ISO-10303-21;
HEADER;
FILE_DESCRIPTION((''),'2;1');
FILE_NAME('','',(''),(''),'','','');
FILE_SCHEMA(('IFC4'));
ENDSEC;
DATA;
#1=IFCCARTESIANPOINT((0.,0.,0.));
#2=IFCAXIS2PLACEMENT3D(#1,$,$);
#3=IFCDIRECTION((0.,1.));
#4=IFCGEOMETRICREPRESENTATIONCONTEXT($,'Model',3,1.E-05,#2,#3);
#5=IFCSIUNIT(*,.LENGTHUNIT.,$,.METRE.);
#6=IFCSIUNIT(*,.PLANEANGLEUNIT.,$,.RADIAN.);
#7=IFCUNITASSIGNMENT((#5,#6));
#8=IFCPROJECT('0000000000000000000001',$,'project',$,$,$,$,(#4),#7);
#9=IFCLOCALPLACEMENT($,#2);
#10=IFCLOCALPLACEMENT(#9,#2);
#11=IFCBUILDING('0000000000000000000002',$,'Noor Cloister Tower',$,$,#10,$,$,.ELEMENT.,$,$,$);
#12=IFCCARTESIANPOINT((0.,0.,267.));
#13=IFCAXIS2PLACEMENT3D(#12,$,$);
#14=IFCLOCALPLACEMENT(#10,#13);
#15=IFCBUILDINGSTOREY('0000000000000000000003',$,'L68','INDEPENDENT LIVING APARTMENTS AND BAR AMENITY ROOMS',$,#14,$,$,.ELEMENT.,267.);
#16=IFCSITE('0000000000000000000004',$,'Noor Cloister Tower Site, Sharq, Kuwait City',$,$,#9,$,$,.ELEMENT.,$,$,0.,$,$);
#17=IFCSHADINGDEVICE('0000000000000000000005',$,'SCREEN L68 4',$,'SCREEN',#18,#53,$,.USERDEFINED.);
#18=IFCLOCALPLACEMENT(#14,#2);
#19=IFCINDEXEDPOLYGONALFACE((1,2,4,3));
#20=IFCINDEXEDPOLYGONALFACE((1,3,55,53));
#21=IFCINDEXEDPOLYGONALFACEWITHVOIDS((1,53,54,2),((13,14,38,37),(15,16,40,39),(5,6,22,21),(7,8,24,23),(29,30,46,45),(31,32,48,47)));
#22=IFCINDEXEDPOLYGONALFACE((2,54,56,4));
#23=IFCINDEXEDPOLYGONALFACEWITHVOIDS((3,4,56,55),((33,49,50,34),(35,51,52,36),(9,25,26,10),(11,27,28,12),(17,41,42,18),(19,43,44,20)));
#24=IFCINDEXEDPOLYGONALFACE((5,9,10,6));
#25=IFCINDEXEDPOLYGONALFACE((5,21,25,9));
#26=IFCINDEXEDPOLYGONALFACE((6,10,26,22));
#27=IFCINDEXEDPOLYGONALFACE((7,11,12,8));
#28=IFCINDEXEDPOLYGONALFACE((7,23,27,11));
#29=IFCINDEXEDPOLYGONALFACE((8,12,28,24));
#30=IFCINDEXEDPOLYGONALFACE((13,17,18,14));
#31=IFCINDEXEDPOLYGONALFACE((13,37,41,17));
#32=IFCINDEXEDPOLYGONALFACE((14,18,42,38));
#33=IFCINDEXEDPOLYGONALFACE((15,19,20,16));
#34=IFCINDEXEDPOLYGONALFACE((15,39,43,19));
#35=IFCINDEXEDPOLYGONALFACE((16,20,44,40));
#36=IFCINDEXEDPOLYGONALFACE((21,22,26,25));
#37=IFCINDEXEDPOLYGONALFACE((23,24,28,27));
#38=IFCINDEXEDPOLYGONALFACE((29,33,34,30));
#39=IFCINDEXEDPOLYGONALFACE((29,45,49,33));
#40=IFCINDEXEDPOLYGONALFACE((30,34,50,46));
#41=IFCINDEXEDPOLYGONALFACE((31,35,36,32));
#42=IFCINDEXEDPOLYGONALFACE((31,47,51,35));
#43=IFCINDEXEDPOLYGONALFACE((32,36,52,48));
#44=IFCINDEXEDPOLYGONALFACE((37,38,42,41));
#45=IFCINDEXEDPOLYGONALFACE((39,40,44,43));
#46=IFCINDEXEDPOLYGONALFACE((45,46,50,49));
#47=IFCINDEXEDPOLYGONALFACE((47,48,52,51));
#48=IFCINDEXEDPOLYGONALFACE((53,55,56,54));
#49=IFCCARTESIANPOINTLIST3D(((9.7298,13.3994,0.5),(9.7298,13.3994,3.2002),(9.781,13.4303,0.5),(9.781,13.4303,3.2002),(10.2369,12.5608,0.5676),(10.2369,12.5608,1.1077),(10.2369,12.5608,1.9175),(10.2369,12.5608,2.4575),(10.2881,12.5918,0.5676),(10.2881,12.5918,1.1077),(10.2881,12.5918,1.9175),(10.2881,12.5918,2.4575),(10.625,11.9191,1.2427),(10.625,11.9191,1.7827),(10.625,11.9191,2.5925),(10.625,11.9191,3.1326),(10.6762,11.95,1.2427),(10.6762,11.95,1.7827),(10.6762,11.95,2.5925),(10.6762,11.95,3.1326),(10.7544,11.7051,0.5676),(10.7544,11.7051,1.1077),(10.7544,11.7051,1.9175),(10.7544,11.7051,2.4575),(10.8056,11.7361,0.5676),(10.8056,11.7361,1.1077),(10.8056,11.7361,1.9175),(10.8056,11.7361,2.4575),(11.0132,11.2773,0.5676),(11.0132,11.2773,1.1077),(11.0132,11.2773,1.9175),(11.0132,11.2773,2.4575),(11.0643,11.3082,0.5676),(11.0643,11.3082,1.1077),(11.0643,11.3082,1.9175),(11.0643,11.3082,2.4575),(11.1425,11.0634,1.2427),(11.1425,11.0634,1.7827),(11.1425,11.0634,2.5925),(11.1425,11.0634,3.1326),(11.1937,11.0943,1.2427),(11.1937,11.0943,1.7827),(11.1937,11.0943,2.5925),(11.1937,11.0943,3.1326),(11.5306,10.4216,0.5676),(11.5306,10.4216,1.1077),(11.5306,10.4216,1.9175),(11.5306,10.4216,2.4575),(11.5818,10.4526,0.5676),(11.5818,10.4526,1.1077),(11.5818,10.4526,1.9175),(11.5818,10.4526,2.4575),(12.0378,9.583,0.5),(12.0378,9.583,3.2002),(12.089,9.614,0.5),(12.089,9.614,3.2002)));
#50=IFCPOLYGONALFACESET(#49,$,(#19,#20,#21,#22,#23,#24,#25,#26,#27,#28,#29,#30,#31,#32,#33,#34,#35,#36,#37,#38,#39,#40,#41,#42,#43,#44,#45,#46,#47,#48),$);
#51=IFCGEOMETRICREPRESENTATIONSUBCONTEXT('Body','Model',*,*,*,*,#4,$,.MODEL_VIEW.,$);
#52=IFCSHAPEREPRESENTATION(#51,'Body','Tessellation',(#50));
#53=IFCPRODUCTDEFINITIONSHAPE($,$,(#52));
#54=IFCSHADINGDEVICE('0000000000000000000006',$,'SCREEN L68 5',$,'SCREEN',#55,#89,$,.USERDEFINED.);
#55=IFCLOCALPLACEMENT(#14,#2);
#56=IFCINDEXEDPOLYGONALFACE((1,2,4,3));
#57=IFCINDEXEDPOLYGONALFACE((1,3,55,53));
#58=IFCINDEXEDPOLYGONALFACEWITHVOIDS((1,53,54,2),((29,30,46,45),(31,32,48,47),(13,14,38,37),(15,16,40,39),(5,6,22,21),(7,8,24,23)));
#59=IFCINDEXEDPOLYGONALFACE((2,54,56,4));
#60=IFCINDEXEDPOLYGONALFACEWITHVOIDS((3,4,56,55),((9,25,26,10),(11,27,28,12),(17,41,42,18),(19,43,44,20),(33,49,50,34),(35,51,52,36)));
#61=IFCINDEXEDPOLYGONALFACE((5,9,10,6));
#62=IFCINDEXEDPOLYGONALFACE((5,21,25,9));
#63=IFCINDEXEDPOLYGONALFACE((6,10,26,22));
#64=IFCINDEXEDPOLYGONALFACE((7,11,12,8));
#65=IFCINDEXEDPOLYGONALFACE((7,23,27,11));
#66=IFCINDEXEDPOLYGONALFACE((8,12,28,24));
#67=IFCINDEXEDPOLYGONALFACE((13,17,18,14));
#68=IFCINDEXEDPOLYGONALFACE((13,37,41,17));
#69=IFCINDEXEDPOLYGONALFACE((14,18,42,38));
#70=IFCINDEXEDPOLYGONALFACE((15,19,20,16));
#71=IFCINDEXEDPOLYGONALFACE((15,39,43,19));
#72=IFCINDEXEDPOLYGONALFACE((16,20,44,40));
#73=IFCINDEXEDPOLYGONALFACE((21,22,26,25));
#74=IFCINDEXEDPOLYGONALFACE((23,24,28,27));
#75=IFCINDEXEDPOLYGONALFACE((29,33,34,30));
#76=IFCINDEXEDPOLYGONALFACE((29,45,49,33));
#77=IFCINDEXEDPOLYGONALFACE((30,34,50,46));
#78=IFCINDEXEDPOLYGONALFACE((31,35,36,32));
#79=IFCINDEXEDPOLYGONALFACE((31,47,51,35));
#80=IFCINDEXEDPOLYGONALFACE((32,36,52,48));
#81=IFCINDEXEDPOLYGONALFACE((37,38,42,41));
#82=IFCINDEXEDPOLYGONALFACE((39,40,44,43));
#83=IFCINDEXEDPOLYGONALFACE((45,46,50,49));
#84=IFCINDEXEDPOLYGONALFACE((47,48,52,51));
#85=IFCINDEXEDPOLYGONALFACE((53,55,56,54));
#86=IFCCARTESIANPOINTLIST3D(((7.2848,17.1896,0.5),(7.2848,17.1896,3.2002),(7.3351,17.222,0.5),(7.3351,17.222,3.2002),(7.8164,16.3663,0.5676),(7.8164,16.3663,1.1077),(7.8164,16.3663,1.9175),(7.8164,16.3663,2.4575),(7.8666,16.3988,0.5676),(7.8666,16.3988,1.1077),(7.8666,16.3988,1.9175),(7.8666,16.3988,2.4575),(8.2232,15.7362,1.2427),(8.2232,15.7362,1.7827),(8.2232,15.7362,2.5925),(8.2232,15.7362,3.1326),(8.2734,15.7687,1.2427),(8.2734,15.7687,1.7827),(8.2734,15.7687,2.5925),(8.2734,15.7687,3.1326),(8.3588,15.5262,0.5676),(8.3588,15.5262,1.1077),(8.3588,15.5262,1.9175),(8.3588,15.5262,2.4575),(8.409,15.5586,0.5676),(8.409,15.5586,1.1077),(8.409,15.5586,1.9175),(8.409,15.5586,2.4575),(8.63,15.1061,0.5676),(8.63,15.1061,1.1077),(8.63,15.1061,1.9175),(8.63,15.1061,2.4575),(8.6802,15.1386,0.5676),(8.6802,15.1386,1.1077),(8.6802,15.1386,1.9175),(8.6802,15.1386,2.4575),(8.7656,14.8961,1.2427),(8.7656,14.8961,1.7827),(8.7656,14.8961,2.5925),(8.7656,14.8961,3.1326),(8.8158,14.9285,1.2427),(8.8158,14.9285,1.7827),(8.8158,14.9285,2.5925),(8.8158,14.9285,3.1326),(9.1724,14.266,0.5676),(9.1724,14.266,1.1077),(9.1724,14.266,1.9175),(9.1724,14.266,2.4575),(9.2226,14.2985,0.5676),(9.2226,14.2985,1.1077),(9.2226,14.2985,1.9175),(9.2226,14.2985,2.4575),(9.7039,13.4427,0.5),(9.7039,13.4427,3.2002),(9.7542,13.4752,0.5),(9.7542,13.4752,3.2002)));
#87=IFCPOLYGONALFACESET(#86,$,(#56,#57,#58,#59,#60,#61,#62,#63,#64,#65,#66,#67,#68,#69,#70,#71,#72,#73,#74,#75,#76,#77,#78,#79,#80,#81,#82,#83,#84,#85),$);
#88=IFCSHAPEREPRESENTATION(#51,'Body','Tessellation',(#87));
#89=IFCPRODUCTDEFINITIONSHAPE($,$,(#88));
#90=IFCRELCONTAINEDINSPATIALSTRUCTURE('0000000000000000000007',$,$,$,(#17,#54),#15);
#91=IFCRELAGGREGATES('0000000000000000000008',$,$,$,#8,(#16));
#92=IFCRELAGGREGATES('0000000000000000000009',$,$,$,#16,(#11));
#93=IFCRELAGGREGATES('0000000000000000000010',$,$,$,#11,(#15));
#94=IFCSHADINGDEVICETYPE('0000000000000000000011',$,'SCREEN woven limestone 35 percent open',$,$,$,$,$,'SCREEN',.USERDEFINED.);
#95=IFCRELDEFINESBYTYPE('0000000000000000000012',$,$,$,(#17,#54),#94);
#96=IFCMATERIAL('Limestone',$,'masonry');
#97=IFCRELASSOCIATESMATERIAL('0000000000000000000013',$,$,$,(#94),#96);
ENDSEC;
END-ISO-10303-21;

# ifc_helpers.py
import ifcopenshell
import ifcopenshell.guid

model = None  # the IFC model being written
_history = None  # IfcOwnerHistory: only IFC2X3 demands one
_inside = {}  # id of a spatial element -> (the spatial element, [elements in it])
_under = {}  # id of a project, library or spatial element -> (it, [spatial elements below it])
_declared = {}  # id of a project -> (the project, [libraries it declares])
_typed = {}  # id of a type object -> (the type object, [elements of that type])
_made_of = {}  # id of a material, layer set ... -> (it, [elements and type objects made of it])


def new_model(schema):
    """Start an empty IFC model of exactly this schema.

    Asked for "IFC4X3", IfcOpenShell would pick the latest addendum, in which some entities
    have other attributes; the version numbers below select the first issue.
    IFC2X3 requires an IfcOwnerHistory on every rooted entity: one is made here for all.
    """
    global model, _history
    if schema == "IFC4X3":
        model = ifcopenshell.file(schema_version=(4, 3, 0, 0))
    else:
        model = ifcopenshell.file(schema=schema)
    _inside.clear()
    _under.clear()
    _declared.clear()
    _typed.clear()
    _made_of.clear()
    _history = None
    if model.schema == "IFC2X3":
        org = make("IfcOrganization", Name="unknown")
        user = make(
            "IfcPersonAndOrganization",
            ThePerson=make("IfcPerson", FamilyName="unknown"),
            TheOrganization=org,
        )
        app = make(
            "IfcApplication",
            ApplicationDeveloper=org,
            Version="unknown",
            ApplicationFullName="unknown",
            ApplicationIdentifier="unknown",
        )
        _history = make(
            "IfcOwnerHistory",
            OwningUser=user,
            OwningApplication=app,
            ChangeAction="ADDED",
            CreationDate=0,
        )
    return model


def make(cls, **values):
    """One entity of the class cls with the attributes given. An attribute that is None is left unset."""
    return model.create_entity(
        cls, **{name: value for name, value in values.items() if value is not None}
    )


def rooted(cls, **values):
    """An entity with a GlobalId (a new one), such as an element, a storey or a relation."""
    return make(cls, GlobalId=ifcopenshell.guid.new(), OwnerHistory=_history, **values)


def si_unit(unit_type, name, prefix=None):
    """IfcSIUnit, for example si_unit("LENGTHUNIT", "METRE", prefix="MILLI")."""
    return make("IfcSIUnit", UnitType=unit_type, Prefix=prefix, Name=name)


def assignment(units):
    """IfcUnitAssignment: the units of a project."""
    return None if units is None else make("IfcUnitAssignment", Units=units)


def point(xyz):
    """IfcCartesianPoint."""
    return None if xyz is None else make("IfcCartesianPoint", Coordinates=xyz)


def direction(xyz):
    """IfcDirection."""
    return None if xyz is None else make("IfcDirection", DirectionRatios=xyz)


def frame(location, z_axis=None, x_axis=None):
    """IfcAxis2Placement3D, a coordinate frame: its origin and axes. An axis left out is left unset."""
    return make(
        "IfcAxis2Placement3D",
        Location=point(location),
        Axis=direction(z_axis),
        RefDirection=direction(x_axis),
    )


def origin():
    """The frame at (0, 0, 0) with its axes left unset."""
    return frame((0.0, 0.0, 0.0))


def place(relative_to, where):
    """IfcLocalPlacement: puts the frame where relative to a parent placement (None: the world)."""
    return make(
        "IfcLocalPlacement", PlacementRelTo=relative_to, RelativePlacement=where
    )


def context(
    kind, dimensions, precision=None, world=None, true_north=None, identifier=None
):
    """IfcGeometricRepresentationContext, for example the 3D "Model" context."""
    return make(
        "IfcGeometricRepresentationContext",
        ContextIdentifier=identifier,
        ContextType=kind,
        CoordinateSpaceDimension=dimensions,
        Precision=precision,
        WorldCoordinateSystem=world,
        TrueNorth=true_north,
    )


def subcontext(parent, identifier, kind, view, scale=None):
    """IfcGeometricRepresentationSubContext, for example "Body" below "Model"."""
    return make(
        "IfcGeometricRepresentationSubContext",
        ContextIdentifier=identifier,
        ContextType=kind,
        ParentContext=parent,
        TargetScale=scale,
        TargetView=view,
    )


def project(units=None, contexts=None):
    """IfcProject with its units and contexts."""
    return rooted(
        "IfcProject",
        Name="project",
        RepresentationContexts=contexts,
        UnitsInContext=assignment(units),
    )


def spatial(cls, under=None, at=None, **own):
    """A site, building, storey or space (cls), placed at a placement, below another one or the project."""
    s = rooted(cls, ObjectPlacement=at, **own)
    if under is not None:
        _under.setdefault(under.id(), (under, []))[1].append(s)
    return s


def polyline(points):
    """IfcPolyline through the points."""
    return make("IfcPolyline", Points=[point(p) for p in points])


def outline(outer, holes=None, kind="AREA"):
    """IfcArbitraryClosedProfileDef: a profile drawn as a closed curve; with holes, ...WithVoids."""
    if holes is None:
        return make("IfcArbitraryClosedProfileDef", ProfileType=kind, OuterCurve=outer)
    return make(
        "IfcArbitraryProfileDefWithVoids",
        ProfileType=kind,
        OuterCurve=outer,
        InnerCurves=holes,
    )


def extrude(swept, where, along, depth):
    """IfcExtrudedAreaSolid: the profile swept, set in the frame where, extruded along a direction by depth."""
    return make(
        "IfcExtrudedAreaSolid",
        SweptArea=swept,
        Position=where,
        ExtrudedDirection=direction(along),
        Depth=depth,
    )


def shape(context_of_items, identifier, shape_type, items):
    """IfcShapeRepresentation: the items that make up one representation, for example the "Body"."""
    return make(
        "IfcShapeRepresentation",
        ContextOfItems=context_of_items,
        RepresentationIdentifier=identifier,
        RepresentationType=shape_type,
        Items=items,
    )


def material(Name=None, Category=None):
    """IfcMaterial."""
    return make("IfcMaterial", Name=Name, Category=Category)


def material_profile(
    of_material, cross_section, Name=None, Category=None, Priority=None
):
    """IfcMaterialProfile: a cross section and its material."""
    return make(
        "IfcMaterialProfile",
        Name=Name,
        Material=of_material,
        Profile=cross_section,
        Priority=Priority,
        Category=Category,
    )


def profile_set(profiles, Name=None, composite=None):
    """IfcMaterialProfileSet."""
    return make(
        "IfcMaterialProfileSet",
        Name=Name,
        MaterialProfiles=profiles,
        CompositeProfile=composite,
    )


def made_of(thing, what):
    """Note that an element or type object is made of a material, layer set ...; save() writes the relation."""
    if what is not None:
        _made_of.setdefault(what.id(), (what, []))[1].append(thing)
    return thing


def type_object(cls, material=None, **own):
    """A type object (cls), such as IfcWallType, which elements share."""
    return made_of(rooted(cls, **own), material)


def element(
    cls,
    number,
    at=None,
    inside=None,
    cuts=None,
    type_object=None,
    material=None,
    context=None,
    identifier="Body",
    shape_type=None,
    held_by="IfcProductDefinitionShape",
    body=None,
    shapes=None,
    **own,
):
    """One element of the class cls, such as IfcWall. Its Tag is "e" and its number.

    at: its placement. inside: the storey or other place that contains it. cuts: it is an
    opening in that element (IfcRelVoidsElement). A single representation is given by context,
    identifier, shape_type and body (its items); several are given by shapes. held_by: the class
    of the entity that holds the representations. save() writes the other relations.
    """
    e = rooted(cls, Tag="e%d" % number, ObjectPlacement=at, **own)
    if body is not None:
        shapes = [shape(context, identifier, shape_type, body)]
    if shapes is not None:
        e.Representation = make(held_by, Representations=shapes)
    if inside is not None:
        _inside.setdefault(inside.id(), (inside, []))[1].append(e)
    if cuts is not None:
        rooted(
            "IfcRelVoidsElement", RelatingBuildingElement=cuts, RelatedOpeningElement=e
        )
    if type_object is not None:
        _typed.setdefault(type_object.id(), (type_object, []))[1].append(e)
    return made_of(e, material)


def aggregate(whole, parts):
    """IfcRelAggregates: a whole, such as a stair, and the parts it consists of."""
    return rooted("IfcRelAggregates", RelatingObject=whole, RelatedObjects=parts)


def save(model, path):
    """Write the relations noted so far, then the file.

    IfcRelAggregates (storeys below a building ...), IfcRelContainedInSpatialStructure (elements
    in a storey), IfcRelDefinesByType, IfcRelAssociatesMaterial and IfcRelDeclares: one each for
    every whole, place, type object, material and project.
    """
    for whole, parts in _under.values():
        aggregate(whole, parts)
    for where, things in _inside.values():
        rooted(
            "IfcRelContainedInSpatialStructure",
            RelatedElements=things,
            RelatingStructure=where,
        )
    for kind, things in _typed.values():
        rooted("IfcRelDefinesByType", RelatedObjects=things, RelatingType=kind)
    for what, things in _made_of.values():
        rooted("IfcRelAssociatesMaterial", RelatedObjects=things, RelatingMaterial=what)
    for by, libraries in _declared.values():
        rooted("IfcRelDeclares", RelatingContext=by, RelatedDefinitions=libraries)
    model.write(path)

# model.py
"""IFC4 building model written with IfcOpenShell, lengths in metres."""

from ifc_helpers import new_model, si_unit, direction, frame, origin, place, context, subcontext, project, spatial, polyline, outline, extrude, material, material_profile, profile_set, type_object, element, save


model = new_model("IFC4")

# Units and contexts
model_context = context("Model", 3, precision=1e-05, world=origin(), true_north=direction((0.0, 1.0)))
body_context = subcontext(model_context, "Body", "Model", "MODEL_VIEW")
ifc_project = project(units=[si_unit("LENGTHUNIT", "METRE"), si_unit("PLANEANGLEUNIT", "RADIAN")], contexts=[model_context])

# Site, building, storey
site_placement = place(None, origin())
site = spatial("IfcSite", under=ifc_project, at=site_placement, Name="Noor Cloister Tower Site, Sharq, Kuwait City", CompositionType="ELEMENT", RefElevation=0.0)
building_placement = place(site_placement, origin())
building = spatial("IfcBuilding", under=site, at=building_placement, Name="Noor Cloister Tower", CompositionType="ELEMENT")
storey_placement = place(building_placement, frame((0.0, 0.0, 267.0)))
storey = spatial("IfcBuildingStorey", under=building, at=storey_placement, Name="L68", Description="INDEPENDENT LIVING APARTMENTS AND BAR AMENITY ROOMS", CompositionType="ELEMENT", Elevation=267.0)

# Shading devices
ifc_material_1 = material(Name="Limestone", Category="masonry")
ifc_material_profile_1 = material_profile(ifc_material_1, outline(polyline([(-2.23, -1.3501), (2.23, -1.3501), (2.23, 1.3501), (-2.23, 1.3501), (-2.23, -1.3501)]), holes=[polyline([(-1.25, -1.2825), (-0.25, -1.2825), (-0.25, -0.7424), (-1.25, -0.7424), (-1.25, -1.2825)]), polyline([(0.25, -1.2825), (1.25, -1.2825), (1.25, -0.7424), (0.25, -0.7424), (0.25, -1.2825)]), polyline([(-0.5, -0.6074), (0.5, -0.6074), (0.5, -0.0674), (-0.5, -0.0674), (-0.5, -0.6074)]), polyline([(-1.25, 0.0674), (-0.25, 0.0674), (-0.25, 0.6074), (-1.25, 0.6074), (-1.25, 0.0674)]), polyline([(0.25, 0.0674), (1.25, 0.0674), (1.25, 0.6074), (0.25, 0.6074), (0.25, 0.0674)]), polyline([(-0.5, 0.7424), (0.5, 0.7424), (0.5, 1.2825), (-0.5, 1.2825), (-0.5, 0.7424)])]), Name="Woven screen 35 percent open")
ifc_profile_set_1 = profile_set([ifc_material_profile_1], Name="Limestone")
shading_device_type = type_object("IfcShadingDeviceType", Name="SCREEN woven limestone 35 percent open", ElementType="SCREEN", PredefinedType="USERDEFINED", material=ifc_profile_set_1)
for number, where, z_axis, x_axis, name in (
    (1, (10.8838, 11.4912, 1.8501), (0.85569, 0.517489, 0.0), (-0.517489, 0.85569, 0.0), "SCREEN L68 4"),
    (2, (8.4944, 15.3162, 1.8501), (0.840117, 0.542406, 0.0), (-0.542406, 0.840117, 0.0), "SCREEN L68 5"),
):
    element("IfcShadingDevice", number, at=place(storey_placement, frame(where, z_axis=z_axis, x_axis=x_axis)), inside=storey, type_object=shading_device_type, Name=name, ObjectType="SCREEN", PredefinedType="USERDEFINED", context=body_context, shape_type="SweptSolid", body=[
        extrude(outline(polyline([(-2.23, -1.3501), (2.23, -1.3501), (2.23, 1.3501), (-2.23, 1.3501), (-2.23, -1.3501)]), holes=[polyline([(-1.25, -1.2825), (-0.25, -1.2825), (-0.25, -0.7424), (-1.25, -0.7424), (-1.25, -1.2825)]), polyline([(0.25, -1.2825), (1.25, -1.2825), (1.25, -0.7424), (0.25, -0.7424), (0.25, -1.2825)]), polyline([(-0.5, -0.6074), (0.5, -0.6074), (0.5, -0.0674), (-0.5, -0.0674), (-0.5, -0.6074)]), polyline([(-1.25, 0.0674), (-0.25, 0.0674), (-0.25, 0.6074), (-1.25, 0.6074), (-1.25, 0.0674)]), polyline([(0.25, 0.0674), (1.25, 0.0674), (1.25, 0.6074), (0.25, 0.6074), (0.25, 0.0674)]), polyline([(-0.5, 0.7424), (0.5, 0.7424), (0.5, 1.2825), (-0.5, 1.2825), (-0.5, 0.7424)])]), origin(), (0.0, 0.0, 1.0), 0.0598),
    ])

save(model, "model.ifc")
